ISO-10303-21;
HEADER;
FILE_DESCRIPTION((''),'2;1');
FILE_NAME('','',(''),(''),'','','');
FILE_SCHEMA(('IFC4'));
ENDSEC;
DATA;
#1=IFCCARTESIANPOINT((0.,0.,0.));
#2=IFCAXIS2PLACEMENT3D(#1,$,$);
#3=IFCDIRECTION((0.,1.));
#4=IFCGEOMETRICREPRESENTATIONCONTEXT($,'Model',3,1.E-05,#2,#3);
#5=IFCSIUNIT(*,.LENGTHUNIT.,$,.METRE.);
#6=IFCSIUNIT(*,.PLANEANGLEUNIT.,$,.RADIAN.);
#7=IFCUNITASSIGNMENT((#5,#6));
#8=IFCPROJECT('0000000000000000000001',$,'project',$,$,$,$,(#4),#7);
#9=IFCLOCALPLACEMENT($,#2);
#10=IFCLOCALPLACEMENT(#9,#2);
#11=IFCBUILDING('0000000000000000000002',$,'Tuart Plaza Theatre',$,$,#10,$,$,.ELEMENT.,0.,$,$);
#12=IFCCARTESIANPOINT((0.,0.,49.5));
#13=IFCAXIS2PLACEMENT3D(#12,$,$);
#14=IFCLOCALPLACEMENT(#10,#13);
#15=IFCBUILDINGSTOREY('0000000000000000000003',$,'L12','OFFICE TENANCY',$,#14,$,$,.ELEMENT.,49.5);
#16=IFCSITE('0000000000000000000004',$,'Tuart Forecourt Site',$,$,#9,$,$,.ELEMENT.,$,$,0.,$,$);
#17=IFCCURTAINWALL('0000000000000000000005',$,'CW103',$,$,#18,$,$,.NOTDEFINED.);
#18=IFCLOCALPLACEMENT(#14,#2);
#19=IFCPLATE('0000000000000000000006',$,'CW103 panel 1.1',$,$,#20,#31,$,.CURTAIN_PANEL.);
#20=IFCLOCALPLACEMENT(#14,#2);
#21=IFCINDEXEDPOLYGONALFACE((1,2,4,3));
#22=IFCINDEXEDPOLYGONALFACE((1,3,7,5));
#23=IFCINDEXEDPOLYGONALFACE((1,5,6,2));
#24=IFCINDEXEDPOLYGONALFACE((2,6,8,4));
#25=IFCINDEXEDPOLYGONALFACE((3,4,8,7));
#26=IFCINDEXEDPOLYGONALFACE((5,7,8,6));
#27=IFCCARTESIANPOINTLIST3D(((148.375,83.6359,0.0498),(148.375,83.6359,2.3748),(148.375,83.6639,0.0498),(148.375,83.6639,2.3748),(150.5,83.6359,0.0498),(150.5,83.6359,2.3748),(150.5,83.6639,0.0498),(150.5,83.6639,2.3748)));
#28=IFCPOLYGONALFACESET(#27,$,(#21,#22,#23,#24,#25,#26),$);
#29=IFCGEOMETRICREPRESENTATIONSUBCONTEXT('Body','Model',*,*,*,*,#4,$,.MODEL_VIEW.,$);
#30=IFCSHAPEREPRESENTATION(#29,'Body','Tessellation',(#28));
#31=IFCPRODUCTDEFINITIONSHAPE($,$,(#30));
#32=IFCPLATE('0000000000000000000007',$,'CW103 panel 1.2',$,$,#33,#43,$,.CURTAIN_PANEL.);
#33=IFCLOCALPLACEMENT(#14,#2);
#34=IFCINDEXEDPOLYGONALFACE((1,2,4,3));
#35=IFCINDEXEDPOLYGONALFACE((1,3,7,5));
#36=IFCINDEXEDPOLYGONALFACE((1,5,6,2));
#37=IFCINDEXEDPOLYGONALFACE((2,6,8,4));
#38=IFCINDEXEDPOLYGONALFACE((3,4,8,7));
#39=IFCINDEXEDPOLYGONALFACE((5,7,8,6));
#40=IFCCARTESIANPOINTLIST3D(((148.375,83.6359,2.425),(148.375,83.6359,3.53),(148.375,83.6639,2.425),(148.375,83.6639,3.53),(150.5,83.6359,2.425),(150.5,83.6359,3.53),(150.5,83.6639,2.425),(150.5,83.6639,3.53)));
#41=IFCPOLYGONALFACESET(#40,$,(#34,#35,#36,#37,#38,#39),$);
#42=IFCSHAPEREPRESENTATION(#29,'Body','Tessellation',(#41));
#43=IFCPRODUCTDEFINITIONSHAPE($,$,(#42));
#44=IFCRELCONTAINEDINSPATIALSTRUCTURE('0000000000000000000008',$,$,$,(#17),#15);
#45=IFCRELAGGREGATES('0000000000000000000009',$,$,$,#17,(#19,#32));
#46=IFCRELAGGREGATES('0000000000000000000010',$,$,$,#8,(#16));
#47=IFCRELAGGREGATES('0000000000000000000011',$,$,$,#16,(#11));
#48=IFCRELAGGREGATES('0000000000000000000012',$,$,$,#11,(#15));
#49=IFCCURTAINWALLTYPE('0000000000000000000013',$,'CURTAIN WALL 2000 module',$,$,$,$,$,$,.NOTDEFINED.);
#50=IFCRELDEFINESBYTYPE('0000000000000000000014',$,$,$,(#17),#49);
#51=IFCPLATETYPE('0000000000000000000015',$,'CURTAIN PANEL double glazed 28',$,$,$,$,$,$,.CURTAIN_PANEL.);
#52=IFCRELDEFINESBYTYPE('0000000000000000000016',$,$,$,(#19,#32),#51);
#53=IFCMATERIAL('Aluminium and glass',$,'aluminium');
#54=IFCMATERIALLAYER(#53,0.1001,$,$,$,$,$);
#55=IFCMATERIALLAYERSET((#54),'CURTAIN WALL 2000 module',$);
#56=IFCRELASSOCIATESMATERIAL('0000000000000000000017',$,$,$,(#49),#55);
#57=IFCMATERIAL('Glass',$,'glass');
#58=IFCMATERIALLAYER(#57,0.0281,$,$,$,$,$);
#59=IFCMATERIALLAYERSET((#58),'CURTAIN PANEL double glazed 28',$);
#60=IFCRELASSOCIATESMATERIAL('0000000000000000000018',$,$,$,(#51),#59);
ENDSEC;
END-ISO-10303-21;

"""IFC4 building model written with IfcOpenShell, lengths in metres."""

from ifc_helpers import new_model, si_unit, direction, frame, origin, origin_2d, place, context, subcontext, project, spatial, rectangle, extrude, material, layer, layer_set, type_object, element, aggregate, save


model = new_model("IFC4")

# Units and contexts
model_context = context("Model", 3, precision=1e-05, world=origin(), true_north=direction((0.0, 1.0)))
body_context = subcontext(model_context, "Body", "Model", "MODEL_VIEW")
ifc_project = project(units=[si_unit("LENGTHUNIT", "METRE"), si_unit("PLANEANGLEUNIT", "RADIAN")], contexts=[model_context])

# Site, building, storey
site_placement = place(None, origin())
site = spatial("IfcSite", under=ifc_project, at=site_placement, Name="Tuart Forecourt Site", CompositionType="ELEMENT", RefElevation=0.0)
building_placement = place(site_placement, origin())
building = spatial("IfcBuilding", under=site, at=building_placement, Name="Tuart Plaza Theatre", CompositionType="ELEMENT", ElevationOfRefHeight=0.0)
storey_placement = place(building_placement, frame((0.0, 0.0, 49.5)))
storey = spatial("IfcBuildingStorey", under=building, at=storey_placement, Name="L12", Description="OFFICE TENANCY", CompositionType="ELEMENT", Elevation=49.5)

# Curtain wall
ifc_material_1 = material(Name="Aluminium and glass", Category="aluminium")
ifc_layer_1 = layer(ifc_material_1, 0.1001)
ifc_layer_set_1 = layer_set([ifc_layer_1], Name="CURTAIN WALL 2000 module")
curtain_wall_type = type_object("IfcCurtainWallType", Name="CURTAIN WALL 2000 module", PredefinedType="NOTDEFINED", material=ifc_layer_set_1)
curtain_wall_1_placement = place(storey_placement, origin())
curtain_wall_1 = element("IfcCurtainWall", 1, at=curtain_wall_1_placement, inside=storey, type_object=curtain_wall_type, Name="CW103", PredefinedType="NOTDEFINED")

# Plates
ifc_material_2 = material(Name="Glass", Category="glass")
ifc_layer_2 = layer(ifc_material_2, 0.0281)
ifc_layer_set_2 = layer_set([ifc_layer_2], Name="CURTAIN PANEL double glazed 28")
plate_type = type_object("IfcPlateType", Name="CURTAIN PANEL double glazed 28", PredefinedType="CURTAIN_PANEL", material=ifc_layer_set_2)
plate_1_placement = place(storey_placement, frame((149.4375, 83.6499, 0.0498), z_axis=(0.0, 0.0, 1.0), x_axis=(-1.0, 0.0, 0.0)))
plate_1 = element("IfcPlate", 2, at=plate_1_placement, type_object=plate_type, Name="CW103 panel 1.1", PredefinedType="CURTAIN_PANEL", context=body_context, shape_type="SweptSolid", body=[
    extrude(rectangle(XDim=2.125, YDim=0.0281, at=origin_2d()), origin(), (0.0, 0.0, 1.0), 2.325),
])
plate_2_placement = place(storey_placement, frame((149.4375, 83.6499, 2.425), z_axis=(0.0, 0.0, 1.0), x_axis=(-1.0, 0.0, 0.0)))
plate_2 = element("IfcPlate", 3, at=plate_2_placement, type_object=plate_type, Name="CW103 panel 1.2", PredefinedType="CURTAIN_PANEL", context=body_context, shape_type="SweptSolid", body=[
    extrude(rectangle(XDim=2.125, YDim=0.0281, at=origin_2d()), origin(), (0.0, 0.0, 1.0), 1.105),
])
aggregate(curtain_wall_1, [plate_1, plate_2])

save(model, "model.ifc")
